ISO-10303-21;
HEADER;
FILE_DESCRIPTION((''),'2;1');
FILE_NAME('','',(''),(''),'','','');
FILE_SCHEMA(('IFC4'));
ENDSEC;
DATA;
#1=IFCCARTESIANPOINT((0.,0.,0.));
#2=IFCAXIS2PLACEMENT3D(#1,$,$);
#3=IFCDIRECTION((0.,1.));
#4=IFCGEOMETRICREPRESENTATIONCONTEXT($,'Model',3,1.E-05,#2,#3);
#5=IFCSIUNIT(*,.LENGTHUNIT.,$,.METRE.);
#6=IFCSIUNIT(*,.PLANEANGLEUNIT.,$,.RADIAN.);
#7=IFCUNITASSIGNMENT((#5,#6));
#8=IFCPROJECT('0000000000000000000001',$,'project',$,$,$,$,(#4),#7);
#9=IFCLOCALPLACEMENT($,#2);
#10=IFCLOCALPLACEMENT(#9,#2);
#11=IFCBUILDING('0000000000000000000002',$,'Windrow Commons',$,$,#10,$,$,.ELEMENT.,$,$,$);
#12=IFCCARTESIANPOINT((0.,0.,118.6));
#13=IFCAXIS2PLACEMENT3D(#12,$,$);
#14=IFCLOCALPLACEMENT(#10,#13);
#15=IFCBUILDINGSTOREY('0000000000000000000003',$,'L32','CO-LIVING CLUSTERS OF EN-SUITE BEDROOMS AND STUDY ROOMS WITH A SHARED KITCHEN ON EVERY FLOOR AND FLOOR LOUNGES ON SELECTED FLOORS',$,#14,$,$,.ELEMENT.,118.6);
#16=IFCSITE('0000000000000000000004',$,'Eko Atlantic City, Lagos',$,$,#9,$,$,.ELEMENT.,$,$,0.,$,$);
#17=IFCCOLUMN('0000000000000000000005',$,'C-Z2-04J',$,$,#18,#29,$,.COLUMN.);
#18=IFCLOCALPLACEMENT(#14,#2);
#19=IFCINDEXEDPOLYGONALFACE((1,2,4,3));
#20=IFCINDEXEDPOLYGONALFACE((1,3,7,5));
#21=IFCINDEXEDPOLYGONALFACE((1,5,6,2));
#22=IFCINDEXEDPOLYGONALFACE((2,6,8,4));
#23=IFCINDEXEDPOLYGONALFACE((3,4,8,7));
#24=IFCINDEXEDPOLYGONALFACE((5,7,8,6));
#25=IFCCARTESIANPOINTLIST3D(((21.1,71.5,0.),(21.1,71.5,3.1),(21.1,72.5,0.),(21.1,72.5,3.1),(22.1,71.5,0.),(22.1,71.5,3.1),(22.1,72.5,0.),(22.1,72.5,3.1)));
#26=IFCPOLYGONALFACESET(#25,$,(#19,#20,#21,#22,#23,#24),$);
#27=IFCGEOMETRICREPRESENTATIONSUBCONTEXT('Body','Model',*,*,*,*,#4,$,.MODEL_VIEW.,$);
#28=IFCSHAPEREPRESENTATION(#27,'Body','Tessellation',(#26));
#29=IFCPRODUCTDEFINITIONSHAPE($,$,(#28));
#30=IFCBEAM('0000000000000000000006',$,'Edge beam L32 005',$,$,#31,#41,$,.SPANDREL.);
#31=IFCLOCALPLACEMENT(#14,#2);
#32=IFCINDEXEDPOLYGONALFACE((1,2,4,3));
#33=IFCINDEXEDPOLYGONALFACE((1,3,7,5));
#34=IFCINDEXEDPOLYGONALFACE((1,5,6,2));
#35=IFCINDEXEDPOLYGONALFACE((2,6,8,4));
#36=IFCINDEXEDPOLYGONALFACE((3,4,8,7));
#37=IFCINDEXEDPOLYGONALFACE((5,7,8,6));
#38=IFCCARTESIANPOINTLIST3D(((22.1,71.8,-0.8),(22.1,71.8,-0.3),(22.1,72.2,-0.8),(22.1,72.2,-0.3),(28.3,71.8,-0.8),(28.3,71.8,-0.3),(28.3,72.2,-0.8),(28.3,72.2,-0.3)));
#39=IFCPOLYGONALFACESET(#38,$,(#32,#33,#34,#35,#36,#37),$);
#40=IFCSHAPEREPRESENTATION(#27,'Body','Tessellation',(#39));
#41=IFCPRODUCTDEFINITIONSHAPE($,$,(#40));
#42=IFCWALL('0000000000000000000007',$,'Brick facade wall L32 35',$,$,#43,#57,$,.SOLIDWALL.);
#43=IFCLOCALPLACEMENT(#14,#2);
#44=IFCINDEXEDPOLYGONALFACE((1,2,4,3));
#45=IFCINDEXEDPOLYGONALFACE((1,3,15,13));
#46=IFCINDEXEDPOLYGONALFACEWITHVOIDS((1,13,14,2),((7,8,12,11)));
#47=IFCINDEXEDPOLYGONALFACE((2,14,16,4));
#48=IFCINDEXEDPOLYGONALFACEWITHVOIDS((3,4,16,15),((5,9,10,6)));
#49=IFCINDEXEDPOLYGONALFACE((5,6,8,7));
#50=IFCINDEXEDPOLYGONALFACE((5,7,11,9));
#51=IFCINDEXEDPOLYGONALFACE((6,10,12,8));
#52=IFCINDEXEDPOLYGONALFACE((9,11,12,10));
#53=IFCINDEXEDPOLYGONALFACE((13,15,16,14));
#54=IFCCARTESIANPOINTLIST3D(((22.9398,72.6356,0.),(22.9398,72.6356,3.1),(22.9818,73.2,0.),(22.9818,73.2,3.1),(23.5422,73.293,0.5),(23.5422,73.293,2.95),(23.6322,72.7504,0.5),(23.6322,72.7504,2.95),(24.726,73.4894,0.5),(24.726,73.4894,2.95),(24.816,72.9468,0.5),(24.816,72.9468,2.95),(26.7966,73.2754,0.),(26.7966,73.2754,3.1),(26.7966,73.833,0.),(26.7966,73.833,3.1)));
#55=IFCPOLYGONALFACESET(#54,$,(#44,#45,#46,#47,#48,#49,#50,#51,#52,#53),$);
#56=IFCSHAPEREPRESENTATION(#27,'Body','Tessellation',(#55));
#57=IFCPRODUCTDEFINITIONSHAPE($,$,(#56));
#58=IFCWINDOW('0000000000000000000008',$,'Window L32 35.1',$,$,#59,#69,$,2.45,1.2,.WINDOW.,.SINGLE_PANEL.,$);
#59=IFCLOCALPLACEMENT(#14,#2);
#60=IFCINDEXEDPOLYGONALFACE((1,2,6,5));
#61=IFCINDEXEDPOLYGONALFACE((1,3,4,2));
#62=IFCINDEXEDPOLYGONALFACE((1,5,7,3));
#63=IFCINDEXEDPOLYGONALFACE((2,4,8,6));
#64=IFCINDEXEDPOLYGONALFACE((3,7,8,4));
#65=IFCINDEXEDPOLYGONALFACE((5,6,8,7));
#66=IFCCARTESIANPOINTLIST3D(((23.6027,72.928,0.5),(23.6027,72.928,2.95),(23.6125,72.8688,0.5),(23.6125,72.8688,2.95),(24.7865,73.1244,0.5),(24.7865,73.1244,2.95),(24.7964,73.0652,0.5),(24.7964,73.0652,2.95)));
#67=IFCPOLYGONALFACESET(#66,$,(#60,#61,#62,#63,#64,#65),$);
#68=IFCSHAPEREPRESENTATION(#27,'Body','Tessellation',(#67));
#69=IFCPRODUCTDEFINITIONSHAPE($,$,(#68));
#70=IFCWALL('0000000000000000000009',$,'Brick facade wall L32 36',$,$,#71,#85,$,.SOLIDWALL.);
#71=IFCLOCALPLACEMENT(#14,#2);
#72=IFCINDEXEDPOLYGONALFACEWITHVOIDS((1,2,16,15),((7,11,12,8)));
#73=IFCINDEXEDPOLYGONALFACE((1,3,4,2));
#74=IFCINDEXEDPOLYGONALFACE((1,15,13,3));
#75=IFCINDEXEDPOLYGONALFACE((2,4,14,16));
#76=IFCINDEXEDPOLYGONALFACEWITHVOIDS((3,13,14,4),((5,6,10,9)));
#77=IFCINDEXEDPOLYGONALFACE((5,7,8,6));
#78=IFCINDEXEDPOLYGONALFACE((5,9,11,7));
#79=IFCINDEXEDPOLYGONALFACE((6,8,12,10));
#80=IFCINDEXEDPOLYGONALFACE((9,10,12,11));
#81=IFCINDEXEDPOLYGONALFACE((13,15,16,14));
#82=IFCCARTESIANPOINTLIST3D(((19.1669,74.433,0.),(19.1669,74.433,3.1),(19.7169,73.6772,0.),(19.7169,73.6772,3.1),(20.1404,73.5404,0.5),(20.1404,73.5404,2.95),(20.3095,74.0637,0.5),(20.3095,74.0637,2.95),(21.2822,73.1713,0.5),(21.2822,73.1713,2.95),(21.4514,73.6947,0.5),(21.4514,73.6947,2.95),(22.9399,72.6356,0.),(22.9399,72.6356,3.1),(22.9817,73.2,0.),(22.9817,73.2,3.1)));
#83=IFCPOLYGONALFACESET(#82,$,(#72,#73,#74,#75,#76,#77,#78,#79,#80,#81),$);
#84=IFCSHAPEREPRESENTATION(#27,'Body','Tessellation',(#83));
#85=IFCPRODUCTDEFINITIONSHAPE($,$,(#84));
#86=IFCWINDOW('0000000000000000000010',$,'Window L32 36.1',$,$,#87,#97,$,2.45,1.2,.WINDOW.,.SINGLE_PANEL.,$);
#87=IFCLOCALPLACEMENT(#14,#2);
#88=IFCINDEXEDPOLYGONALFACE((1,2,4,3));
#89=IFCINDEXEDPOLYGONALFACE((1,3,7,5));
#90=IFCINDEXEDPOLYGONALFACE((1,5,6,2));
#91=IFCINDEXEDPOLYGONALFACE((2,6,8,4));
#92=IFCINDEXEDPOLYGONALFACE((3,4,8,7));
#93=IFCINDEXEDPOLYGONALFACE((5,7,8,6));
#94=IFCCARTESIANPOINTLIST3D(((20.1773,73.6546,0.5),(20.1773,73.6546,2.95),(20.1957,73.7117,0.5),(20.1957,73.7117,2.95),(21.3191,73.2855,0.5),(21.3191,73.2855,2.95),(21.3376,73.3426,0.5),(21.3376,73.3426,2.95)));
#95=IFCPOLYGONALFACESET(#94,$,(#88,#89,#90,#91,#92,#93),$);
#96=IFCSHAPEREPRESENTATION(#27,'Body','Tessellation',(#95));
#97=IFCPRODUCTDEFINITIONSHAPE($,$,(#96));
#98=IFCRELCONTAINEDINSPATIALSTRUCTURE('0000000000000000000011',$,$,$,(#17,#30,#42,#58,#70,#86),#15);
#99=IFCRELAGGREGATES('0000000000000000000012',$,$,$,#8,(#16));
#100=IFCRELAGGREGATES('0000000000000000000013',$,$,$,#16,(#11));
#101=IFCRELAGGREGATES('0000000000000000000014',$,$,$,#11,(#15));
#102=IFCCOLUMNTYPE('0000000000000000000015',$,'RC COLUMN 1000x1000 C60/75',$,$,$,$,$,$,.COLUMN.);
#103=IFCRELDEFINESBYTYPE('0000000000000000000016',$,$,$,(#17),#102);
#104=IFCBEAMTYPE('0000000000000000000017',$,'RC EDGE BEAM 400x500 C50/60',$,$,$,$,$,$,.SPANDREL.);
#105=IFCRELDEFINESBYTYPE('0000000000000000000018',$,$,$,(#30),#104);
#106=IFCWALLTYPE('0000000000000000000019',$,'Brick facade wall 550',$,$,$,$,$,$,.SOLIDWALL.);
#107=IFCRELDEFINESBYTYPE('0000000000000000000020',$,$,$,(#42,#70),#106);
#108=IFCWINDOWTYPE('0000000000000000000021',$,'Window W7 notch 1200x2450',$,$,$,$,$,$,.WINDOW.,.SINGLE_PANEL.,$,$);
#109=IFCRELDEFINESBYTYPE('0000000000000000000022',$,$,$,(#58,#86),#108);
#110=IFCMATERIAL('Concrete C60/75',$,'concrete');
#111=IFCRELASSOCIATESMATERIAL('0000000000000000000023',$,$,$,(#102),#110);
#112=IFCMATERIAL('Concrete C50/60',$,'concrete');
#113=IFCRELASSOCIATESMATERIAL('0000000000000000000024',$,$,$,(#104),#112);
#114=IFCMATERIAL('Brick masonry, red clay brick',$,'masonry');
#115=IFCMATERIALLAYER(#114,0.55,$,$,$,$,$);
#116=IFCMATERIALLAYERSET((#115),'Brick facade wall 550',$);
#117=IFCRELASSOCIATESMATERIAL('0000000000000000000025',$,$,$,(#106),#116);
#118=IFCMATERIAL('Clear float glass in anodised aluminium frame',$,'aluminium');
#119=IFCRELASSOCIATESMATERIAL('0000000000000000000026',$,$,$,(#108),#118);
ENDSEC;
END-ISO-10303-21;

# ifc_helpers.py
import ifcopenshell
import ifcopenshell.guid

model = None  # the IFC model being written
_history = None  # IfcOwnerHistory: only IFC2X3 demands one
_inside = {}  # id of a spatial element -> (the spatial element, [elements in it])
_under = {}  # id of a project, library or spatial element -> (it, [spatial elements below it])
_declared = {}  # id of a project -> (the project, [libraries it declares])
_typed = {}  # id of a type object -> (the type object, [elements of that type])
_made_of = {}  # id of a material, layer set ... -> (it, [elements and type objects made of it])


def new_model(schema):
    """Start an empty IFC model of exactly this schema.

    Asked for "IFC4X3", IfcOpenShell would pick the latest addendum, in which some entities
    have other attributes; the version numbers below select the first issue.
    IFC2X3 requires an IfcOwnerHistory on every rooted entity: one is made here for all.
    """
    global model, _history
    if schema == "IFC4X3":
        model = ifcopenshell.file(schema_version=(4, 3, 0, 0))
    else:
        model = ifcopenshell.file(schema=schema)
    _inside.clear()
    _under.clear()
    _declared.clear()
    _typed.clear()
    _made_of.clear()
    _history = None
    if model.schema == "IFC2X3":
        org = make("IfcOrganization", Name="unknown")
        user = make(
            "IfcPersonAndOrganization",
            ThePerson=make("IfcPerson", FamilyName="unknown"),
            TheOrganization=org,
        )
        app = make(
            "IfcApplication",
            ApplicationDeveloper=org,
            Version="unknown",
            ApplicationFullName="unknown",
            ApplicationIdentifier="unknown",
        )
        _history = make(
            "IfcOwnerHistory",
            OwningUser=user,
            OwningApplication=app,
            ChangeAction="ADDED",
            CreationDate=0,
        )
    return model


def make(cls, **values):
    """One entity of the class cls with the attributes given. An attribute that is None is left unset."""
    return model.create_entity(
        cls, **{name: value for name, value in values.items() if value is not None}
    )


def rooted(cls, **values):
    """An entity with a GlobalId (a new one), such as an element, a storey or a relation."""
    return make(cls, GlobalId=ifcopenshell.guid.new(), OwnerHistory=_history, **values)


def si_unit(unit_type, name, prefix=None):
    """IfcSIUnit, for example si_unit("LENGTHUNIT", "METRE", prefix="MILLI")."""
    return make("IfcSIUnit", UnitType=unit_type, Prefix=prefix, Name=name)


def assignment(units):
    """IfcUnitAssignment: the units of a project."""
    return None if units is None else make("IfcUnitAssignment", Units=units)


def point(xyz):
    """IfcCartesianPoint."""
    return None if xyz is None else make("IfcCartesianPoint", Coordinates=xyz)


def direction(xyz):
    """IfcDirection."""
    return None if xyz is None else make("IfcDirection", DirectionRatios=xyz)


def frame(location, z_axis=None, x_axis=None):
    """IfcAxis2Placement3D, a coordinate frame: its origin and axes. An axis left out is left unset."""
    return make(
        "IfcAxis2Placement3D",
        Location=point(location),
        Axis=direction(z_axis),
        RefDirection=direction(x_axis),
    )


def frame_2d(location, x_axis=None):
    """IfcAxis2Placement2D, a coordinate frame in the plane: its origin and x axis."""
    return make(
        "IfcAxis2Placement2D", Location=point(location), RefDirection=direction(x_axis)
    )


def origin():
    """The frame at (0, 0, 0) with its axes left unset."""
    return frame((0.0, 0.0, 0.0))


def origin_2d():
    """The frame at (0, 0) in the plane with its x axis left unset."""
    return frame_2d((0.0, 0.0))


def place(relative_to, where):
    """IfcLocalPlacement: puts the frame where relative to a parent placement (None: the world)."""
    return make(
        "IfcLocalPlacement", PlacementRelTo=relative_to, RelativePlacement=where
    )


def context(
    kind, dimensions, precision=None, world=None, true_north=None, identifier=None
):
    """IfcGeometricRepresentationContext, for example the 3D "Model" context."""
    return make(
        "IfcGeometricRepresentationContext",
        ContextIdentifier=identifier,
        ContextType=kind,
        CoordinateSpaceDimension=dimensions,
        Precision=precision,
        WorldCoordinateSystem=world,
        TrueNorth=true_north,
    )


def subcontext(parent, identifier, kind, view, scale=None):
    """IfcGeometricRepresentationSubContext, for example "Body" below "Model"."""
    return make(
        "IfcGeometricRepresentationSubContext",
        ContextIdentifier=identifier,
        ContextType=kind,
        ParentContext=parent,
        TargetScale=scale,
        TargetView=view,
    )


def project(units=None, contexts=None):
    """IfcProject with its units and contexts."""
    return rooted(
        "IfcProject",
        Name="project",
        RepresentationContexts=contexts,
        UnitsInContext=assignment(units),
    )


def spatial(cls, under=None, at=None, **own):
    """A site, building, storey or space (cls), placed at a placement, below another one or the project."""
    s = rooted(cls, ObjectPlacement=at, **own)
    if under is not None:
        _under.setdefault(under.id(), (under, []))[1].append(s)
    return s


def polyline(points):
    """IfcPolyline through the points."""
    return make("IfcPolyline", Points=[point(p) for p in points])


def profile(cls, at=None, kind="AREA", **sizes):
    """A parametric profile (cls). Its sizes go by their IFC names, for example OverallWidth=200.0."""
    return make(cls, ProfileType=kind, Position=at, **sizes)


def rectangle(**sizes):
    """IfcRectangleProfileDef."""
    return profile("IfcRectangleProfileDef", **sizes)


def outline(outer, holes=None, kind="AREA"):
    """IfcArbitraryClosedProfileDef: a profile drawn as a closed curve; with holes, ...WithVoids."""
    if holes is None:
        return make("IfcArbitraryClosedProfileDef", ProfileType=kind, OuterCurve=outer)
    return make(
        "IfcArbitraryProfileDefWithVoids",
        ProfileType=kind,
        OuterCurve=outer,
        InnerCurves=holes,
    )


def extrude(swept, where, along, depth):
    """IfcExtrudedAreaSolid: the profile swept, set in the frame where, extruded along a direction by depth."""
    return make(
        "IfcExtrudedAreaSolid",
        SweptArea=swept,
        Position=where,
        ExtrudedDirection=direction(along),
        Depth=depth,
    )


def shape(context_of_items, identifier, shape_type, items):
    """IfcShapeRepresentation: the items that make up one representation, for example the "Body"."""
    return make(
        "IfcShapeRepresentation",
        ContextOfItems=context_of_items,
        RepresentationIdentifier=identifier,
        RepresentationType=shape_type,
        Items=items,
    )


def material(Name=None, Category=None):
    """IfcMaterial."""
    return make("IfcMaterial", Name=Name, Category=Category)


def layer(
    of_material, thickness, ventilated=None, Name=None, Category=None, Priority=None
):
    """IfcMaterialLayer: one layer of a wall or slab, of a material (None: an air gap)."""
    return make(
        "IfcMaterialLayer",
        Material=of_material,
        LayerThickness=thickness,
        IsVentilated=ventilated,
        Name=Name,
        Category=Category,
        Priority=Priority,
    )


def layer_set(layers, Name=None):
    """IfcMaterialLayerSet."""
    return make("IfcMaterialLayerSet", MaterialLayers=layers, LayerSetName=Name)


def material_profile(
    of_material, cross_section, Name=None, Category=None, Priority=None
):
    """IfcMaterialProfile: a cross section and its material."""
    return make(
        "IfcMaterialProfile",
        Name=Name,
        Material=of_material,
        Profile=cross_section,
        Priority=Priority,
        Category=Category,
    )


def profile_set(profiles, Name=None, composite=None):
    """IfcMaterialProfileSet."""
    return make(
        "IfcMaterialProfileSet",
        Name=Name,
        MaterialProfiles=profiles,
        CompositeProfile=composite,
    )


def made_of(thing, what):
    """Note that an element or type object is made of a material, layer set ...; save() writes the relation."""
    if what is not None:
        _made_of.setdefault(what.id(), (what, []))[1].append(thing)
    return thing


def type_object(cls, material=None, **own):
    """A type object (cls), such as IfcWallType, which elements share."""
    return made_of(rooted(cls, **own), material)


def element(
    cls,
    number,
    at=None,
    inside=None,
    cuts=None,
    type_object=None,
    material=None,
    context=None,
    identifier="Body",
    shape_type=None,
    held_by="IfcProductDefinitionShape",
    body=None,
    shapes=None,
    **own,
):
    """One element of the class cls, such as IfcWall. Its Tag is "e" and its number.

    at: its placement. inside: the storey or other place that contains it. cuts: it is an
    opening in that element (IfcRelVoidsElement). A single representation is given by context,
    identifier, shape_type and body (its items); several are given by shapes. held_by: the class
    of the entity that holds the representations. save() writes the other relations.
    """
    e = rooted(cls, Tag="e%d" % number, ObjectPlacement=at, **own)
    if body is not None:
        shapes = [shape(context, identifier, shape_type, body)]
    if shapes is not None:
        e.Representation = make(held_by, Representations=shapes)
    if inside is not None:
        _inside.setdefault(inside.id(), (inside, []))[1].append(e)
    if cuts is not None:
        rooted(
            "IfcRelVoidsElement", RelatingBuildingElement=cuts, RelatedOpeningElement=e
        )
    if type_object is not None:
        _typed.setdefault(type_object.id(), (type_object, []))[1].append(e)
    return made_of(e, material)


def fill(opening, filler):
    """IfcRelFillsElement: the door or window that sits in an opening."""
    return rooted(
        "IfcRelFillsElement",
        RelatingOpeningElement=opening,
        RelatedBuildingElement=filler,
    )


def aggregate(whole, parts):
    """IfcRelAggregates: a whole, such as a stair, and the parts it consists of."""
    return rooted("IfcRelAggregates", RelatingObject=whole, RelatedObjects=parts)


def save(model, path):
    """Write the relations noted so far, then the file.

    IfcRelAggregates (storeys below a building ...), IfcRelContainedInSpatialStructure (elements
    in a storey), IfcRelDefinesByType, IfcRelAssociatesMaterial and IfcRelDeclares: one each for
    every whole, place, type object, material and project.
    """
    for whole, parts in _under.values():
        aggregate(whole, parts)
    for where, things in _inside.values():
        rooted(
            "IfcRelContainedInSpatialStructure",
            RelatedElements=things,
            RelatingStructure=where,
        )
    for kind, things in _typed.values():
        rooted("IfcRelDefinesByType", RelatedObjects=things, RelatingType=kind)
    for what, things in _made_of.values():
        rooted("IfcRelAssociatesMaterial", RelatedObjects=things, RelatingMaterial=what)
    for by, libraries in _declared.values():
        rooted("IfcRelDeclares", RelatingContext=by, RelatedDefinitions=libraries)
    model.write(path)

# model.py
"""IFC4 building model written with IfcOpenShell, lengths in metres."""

from ifc_helpers import new_model, si_unit, direction, frame, frame_2d, origin, origin_2d, place, context, subcontext, project, spatial, polyline, rectangle, outline, extrude, material, layer, layer_set, material_profile, profile_set, type_object, element, fill, save


model = new_model("IFC4")

# Units and contexts
model_context = context("Model", 3, precision=1e-05, world=origin(), true_north=direction((0.0, 1.0)))
body_context = subcontext(model_context, "Body", "Model", "MODEL_VIEW")
ifc_project = project(units=[si_unit("LENGTHUNIT", "METRE"), si_unit("PLANEANGLEUNIT", "RADIAN")], contexts=[model_context])

# Site, building, storey
site_placement = place(None, origin())
site = spatial("IfcSite", under=ifc_project, at=site_placement, Name="Eko Atlantic City, Lagos", CompositionType="ELEMENT", RefElevation=0.0)
building_placement = place(site_placement, origin())
building = spatial("IfcBuilding", under=site, at=building_placement, Name="Windrow Commons", CompositionType="ELEMENT")
storey_placement = place(building_placement, frame((0.0, 0.0, 118.6)))
storey = spatial("IfcBuildingStorey", under=building, at=storey_placement, Name="L32", Description="CO-LIVING CLUSTERS OF EN-SUITE BEDROOMS AND STUDY ROOMS WITH A SHARED KITCHEN ON EVERY FLOOR AND FLOOR LOUNGES ON SELECTED FLOORS", CompositionType="ELEMENT", Elevation=118.6)

# Column
ifc_material_1 = material(Name="Concrete C60/75", Category="concrete")
ifc_material_profile_1 = material_profile(ifc_material_1, rectangle(XDim=1.0, YDim=1.0, at=origin_2d()))
ifc_profile_set_1 = profile_set([ifc_material_profile_1], Name="Concrete C60/75")
column_type = type_object("IfcColumnType", Name="RC COLUMN 1000x1000 C60/75", PredefinedType="COLUMN", material=ifc_profile_set_1)
column_placement = place(storey_placement, frame((21.6, 72.0, 0.0), z_axis=(0.0, 0.0, 1.0), x_axis=(1.0, 0.0, 0.0)))
element("IfcColumn", 1, at=column_placement, inside=storey, type_object=column_type, Name="C-Z2-04J", PredefinedType="COLUMN", context=body_context, shape_type="SweptSolid", body=[
    extrude(rectangle(XDim=1.0, YDim=1.0, at=origin_2d()), origin(), (0.0, 0.0, 1.0), 3.1),
])

# Beam
ifc_material_2 = material(Name="Concrete C50/60", Category="concrete")
ifc_material_profile_2 = material_profile(ifc_material_2, rectangle(XDim=0.4, YDim=0.5, at=origin_2d()))
ifc_profile_set_2 = profile_set([ifc_material_profile_2], Name="Concrete C50/60")
beam_type = type_object("IfcBeamType", Name="RC EDGE BEAM 400x500 C50/60", PredefinedType="SPANDREL", material=ifc_profile_set_2)
beam_placement = place(storey_placement, frame((22.1, 72.0, -0.55), z_axis=(1.0, 0.0, 0.0), x_axis=(0.0, 1.0, 0.0)))
element("IfcBeam", 2, at=beam_placement, inside=storey, type_object=beam_type, Name="Edge beam L32 005", PredefinedType="SPANDREL", context=body_context, shape_type="SweptSolid", body=[
    extrude(rectangle(XDim=0.4, YDim=0.5, at=origin_2d()), origin(), (0.0, 0.0, 1.0), 6.2),
])

# Walls, openings, windows
ifc_material_3 = material(Name="Brick masonry, red clay brick", Category="masonry")
ifc_layer_1 = layer(ifc_material_3, 0.55)
ifc_layer_set_1 = layer_set([ifc_layer_1], Name="Brick facade wall 550")
wall_type_1 = type_object("IfcWallType", Name="Brick facade wall 550", PredefinedType="SOLIDWALL", material=ifc_layer_set_1)
wall_1_placement = place(storey_placement, frame((26.7966, 73.5542, 0.0), z_axis=(0.0, 0.0, 1.0), x_axis=(-0.986515, -0.163673, 0.0)))
wall_1 = element("IfcWall", 3, at=wall_1_placement, inside=storey, type_object=wall_type_1, Name="Brick facade wall L32 35", PredefinedType="SOLIDWALL", context=body_context, shape_type="SweptSolid", body=[
    extrude(outline(polyline([(-0.0456, -0.275), (3.8213, -0.275), (3.9551, 0.275), (0.0456, 0.275), (-0.0456, -0.275)])), origin(), (0.0, 0.0, 1.0), 3.1),
])
opening_1_placement = place(wall_1_placement, frame((2.0533, 0.0, 0.5)))
opening_1 = element("IfcOpeningElement", 4, at=opening_1_placement, cuts=wall_1, PredefinedType="OPENING", context=body_context, shape_type="SweptSolid", body=[
    extrude(rectangle(XDim=1.2, YDim=2.45, at=frame_2d((0.6, 1.225))), frame((0.0, 0.285, 0.0), z_axis=(0.0, -1.0, 0.0), x_axis=(1.0, 0.0, 0.0)), (0.0, 0.0, 1.0), 0.57),
])
ifc_material_4 = material(Name="Clear float glass in anodised aluminium frame", Category="aluminium")
window_type_1 = type_object("IfcWindowType", Name="Window W7 notch 1200x2450", PartitioningType="SINGLE_PANEL", PredefinedType="WINDOW", material=ifc_material_4)
window_1_placement = place(opening_1_placement, origin())
window_1 = element("IfcWindow", 5, at=window_1_placement, inside=storey, type_object=window_type_1, Name="Window L32 35.1", OverallHeight=2.45, OverallWidth=1.2, PartitioningType="SINGLE_PANEL", PredefinedType="WINDOW", context=body_context, shape_type="SweptSolid", body=[
    extrude(rectangle(XDim=1.2, YDim=2.45, at=frame_2d((0.6, 1.225))), frame((0.0, 0.155, 0.0), z_axis=(0.0, -1.0, 0.0), x_axis=(1.0, 0.0, 0.0)), (0.0, 0.0, 1.0), 0.06),
])
fill(opening_1, window_1)
wall_2_placement = place(storey_placement, frame((22.9608, 72.9178, 0.0), z_axis=(0.0, 0.0, 1.0), x_axis=(-0.951534, 0.307542, 0.0)))
wall_2 = element("IfcWall", 6, at=wall_2_placement, inside=storey, type_object=wall_type_1, Name="Brick facade wall L32 36", PredefinedType="SOLIDWALL", context=body_context, shape_type="SweptSolid", body=[
    extrude(outline(polyline([(0.0669, -0.275), (4.076, -0.275), (3.3202, 0.275), (-0.0669, 0.275), (0.0669, -0.275)])), origin(), (0.0, 0.0, 1.0), 3.1),
])
opening_2_placement = place(wall_2_placement, frame((1.6752, 0.0, 0.5)))
opening_2 = element("IfcOpeningElement", 7, at=opening_2_placement, cuts=wall_2, PredefinedType="OPENING", context=body_context, shape_type="SweptSolid", body=[
    extrude(rectangle(XDim=1.2, YDim=2.45, at=frame_2d((0.6, 1.225))), frame((0.0, 0.285, 0.0), z_axis=(0.0, -1.0, 0.0), x_axis=(1.0, 0.0, 0.0)), (0.0, 0.0, 1.0), 0.57),
])
window_2_placement = place(opening_2_placement, origin())
window_2 = element("IfcWindow", 8, at=window_2_placement, inside=storey, type_object=window_type_1, Name="Window L32 36.1", OverallHeight=2.45, OverallWidth=1.2, PartitioningType="SINGLE_PANEL", PredefinedType="WINDOW", context=body_context, shape_type="SweptSolid", body=[
    extrude(rectangle(XDim=1.2, YDim=2.45, at=frame_2d((0.6, 1.225))), frame((0.0, 0.155, 0.0), z_axis=(0.0, -1.0, 0.0), x_axis=(1.0, 0.0, 0.0)), (0.0, 0.0, 1.0), 0.06),
])
fill(opening_2, window_2)

save(model, "model.ifc")
